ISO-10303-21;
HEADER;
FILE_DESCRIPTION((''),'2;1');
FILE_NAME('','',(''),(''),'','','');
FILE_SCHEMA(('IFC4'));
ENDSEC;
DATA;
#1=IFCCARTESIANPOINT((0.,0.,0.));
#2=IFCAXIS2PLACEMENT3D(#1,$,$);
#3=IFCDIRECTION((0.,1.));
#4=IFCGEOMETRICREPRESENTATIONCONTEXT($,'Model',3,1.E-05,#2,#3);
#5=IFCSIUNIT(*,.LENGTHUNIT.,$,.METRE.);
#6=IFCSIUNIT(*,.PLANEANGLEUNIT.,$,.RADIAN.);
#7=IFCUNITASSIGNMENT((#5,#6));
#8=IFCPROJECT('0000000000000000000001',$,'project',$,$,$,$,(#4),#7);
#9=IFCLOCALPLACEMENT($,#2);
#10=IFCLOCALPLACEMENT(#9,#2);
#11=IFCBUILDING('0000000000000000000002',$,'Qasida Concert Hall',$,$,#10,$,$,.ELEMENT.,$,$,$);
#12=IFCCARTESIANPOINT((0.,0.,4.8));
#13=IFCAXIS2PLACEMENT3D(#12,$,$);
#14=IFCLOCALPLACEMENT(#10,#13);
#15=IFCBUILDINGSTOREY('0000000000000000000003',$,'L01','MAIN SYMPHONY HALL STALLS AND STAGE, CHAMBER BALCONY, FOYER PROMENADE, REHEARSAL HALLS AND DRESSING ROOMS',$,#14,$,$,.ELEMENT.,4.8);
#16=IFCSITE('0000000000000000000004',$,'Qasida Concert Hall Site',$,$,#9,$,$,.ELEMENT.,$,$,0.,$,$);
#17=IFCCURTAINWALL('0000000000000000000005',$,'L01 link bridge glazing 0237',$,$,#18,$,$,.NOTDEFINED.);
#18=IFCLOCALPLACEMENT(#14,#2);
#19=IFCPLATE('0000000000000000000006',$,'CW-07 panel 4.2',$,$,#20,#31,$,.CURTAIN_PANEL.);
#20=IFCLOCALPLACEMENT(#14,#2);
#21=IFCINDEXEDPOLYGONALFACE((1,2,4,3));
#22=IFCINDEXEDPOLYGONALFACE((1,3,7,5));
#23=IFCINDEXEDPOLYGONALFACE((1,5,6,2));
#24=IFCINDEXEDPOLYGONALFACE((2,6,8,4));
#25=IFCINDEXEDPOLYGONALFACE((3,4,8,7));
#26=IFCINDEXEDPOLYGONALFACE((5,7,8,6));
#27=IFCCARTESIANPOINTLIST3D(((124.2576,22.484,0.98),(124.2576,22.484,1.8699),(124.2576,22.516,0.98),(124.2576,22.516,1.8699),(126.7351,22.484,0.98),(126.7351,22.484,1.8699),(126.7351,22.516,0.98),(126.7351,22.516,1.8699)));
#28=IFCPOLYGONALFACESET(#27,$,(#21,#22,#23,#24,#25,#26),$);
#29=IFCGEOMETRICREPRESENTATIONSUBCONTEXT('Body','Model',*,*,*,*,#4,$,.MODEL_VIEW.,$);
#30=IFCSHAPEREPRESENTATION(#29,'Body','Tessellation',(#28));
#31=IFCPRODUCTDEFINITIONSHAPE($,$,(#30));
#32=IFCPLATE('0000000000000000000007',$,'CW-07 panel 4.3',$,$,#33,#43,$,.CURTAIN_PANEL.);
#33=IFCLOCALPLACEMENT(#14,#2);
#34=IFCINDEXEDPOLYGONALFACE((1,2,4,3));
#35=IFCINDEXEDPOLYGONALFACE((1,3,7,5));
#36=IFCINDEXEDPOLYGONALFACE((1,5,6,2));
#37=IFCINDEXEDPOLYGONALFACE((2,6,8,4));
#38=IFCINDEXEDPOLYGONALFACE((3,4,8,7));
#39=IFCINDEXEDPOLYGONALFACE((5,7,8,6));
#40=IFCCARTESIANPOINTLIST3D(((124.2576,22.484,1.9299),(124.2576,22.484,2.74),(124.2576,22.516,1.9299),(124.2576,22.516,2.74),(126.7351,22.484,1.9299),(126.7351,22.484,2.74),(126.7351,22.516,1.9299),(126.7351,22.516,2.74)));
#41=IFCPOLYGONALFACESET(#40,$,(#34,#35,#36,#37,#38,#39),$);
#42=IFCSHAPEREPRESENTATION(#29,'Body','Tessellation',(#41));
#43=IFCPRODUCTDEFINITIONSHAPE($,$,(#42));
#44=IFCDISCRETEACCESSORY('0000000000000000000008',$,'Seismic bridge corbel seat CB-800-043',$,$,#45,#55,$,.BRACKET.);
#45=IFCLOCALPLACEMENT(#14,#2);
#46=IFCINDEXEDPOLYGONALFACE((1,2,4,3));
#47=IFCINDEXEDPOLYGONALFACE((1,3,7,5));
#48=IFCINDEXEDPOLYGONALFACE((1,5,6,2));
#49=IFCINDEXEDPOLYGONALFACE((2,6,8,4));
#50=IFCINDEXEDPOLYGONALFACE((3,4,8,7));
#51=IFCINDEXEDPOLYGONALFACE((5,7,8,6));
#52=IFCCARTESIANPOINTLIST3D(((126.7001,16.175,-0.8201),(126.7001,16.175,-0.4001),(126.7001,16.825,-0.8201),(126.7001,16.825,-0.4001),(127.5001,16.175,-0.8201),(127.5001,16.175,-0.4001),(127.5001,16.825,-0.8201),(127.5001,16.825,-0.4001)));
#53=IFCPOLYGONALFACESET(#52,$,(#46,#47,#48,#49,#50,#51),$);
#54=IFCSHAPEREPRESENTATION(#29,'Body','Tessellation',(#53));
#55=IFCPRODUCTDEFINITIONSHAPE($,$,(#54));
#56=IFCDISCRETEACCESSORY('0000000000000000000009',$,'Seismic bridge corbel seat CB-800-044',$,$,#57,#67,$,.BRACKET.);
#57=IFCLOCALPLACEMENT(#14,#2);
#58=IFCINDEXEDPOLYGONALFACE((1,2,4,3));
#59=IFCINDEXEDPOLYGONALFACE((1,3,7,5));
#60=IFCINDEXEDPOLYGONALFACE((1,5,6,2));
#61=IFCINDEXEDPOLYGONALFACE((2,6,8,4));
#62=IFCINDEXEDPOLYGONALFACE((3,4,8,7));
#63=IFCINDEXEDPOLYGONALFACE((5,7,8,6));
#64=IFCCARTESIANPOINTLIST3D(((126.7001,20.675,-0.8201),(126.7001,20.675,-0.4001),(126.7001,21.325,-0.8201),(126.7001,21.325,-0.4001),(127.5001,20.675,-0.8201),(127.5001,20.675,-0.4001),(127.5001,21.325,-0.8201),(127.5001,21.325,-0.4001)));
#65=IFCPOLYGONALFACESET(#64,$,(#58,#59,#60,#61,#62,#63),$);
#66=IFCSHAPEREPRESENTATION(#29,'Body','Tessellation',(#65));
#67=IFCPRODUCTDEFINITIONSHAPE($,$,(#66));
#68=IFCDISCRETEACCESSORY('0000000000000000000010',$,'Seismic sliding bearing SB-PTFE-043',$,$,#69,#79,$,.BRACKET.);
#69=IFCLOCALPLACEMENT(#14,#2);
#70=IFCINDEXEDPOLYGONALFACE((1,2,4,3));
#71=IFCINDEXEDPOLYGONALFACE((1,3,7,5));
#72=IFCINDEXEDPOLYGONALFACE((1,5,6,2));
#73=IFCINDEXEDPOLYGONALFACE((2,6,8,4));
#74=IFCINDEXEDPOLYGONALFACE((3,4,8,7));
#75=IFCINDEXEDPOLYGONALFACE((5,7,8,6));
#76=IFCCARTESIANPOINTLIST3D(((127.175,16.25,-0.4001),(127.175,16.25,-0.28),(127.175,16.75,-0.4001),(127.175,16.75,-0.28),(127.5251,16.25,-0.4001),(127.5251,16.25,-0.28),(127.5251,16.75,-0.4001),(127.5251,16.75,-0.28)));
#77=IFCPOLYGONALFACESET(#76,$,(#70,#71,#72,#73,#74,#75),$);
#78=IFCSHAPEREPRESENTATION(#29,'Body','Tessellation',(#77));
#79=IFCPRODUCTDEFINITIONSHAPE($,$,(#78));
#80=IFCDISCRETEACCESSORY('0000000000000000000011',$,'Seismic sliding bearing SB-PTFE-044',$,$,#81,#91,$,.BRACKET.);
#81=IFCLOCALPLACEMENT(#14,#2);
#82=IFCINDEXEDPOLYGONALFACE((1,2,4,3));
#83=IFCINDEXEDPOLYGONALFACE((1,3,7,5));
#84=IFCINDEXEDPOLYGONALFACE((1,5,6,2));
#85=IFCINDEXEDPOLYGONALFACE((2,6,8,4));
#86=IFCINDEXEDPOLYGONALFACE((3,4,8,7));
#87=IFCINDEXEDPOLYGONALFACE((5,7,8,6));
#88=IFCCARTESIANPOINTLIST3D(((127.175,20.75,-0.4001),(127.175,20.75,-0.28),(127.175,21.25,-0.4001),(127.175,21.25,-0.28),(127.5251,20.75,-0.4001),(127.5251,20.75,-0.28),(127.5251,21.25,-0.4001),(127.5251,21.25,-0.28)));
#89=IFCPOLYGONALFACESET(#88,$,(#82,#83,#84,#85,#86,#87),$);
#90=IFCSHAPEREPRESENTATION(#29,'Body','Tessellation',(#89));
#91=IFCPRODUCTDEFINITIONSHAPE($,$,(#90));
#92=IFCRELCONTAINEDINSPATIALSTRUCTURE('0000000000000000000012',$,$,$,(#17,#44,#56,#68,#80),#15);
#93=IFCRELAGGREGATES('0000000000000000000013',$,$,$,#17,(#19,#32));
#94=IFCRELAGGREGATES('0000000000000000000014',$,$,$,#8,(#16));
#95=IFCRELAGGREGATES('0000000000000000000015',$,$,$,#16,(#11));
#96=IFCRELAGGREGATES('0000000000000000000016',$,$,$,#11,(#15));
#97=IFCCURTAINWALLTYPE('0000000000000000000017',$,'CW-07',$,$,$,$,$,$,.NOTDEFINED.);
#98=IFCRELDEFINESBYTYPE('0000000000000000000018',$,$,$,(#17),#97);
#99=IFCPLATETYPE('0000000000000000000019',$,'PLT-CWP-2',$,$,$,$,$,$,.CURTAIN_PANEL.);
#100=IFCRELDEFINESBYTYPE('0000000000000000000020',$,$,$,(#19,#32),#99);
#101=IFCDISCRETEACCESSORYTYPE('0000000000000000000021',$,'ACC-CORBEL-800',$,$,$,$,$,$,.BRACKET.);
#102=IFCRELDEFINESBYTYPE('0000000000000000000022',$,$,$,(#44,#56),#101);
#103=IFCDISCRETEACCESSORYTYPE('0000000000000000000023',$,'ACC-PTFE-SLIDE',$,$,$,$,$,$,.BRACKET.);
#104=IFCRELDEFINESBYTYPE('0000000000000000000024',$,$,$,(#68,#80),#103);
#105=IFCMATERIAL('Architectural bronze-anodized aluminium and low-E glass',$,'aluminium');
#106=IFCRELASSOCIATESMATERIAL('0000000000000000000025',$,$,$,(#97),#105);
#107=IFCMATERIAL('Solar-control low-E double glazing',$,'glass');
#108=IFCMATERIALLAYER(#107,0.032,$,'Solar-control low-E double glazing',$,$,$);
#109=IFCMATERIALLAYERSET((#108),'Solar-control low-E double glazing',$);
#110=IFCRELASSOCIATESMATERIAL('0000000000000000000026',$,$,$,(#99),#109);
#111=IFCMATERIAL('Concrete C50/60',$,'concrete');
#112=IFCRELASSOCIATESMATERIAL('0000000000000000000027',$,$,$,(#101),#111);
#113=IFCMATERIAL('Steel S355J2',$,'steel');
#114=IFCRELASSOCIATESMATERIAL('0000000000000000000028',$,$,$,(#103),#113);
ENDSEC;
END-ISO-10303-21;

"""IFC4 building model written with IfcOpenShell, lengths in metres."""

from ifc_helpers import new_model, si_unit, direction, frame, origin, origin_2d, place, context, subcontext, project, spatial, rectangle, extrude, material, layer, layer_set, type_object, element, aggregate, save


model = new_model("IFC4")

# Units and contexts
model_context = context("Model", 3, precision=1e-05, world=origin(), true_north=direction((0.0, 1.0)))
body_context = subcontext(model_context, "Body", "Model", "MODEL_VIEW")
ifc_project = project(units=[si_unit("LENGTHUNIT", "METRE"), si_unit("PLANEANGLEUNIT", "RADIAN")], contexts=[model_context])

# Site, building, storey
site_placement = place(None, origin())
site = spatial("IfcSite", under=ifc_project, at=site_placement, Name="Qasida Concert Hall Site", CompositionType="ELEMENT", RefElevation=0.0)
building_placement = place(site_placement, origin())
building = spatial("IfcBuilding", under=site, at=building_placement, Name="Qasida Concert Hall", CompositionType="ELEMENT")
storey_placement = place(building_placement, frame((0.0, 0.0, 4.8)))
storey = spatial("IfcBuildingStorey", under=building, at=storey_placement, Name="L01", Description="MAIN SYMPHONY HALL STALLS AND STAGE, CHAMBER BALCONY, FOYER PROMENADE, REHEARSAL HALLS AND DRESSING ROOMS", CompositionType="ELEMENT", Elevation=4.8)

# Shared definitions
ifc_material_1 = material(Name="Concrete C50/60", Category="concrete")

# Shared definitions
ifc_material_2 = material(Name="Steel S355J2", Category="steel")

# Curtain wall, plates
ifc_material_3 = material(Name="Architectural bronze-anodized aluminium and low-E glass", Category="aluminium")
curtain_wall_type = type_object("IfcCurtainWallType", Name="CW-07", PredefinedType="NOTDEFINED", material=ifc_material_3)
curtain_wall_placement = place(storey_placement, origin())
curtain_wall = element("IfcCurtainWall", 1, at=curtain_wall_placement, inside=storey, type_object=curtain_wall_type, Name="L01 link bridge glazing 0237", PredefinedType="NOTDEFINED")
ifc_material_4 = material(Name="Solar-control low-E double glazing", Category="glass")
ifc_layer = layer(ifc_material_4, 0.032, Name="Solar-control low-E double glazing")
ifc_layer_set = layer_set([ifc_layer], Name="Solar-control low-E double glazing")
plate_type = type_object("IfcPlateType", Name="PLT-CWP-2", PredefinedType="CURTAIN_PANEL", material=ifc_layer_set)
plate_1_placement = place(storey_placement, frame((125.4963, 22.5, 0.98), z_axis=(0.0, 0.0, 1.0), x_axis=(1.0, 0.0, 0.0)))
plate_1 = element("IfcPlate", 2, at=plate_1_placement, type_object=plate_type, Name="CW-07 panel 4.2", PredefinedType="CURTAIN_PANEL", context=body_context, shape_type="SweptSolid", body=[
    extrude(rectangle(XDim=2.4775, YDim=0.032, at=origin_2d()), origin(), (0.0, 0.0, 1.0), 0.8899),
])
plate_2_placement = place(storey_placement, frame((125.4963, 22.5, 1.9299), z_axis=(0.0, 0.0, 1.0), x_axis=(1.0, 0.0, 0.0)))
plate_2 = element("IfcPlate", 3, at=plate_2_placement, type_object=plate_type, Name="CW-07 panel 4.3", PredefinedType="CURTAIN_PANEL", context=body_context, shape_type="SweptSolid", body=[
    extrude(rectangle(XDim=2.4775, YDim=0.032, at=origin_2d()), origin(), (0.0, 0.0, 1.0), 0.8101),
])
aggregate(curtain_wall, [plate_1, plate_2])

# Discrete accessories
discrete_accessory_type_1 = type_object("IfcDiscreteAccessoryType", Name="ACC-CORBEL-800", PredefinedType="BRACKET", material=ifc_material_1)
for number, where, z_axis, x_axis, name in (
    (4, (127.1001, 16.5, -0.8201), (0.0, 0.0, 1.0), (1.0, 0.0, 0.0), "Seismic bridge corbel seat CB-800-043"),
    (5, (127.1001, 21.0, -0.8201), (0.0, 0.0, 1.0), (1.0, 0.0, 0.0), "Seismic bridge corbel seat CB-800-044"),
):
    element("IfcDiscreteAccessory", number, at=place(storey_placement, frame(where, z_axis=z_axis, x_axis=x_axis)), inside=storey, type_object=discrete_accessory_type_1, Name=name, PredefinedType="BRACKET", context=body_context, shape_type="SweptSolid", body=[
        extrude(rectangle(XDim=0.8, YDim=0.6499, at=origin_2d()), origin(), (0.0, 0.0, 1.0), 0.4199),
    ])
discrete_accessory_type_2 = type_object("IfcDiscreteAccessoryType", Name="ACC-PTFE-SLIDE", PredefinedType="BRACKET", material=ifc_material_2)
for number, where, z_axis, x_axis, name in (
    (6, (127.3501, 16.5, -0.4001), (0.0, 0.0, 1.0), (1.0, 0.0, 0.0), "Seismic sliding bearing SB-PTFE-043"),
    (7, (127.3501, 21.0, -0.4001), (0.0, 0.0, 1.0), (1.0, 0.0, 0.0), "Seismic sliding bearing SB-PTFE-044"),
):
    element("IfcDiscreteAccessory", number, at=place(storey_placement, frame(where, z_axis=z_axis, x_axis=x_axis)), inside=storey, type_object=discrete_accessory_type_2, Name=name, PredefinedType="BRACKET", context=body_context, shape_type="SweptSolid", body=[
        extrude(rectangle(XDim=0.3501, YDim=0.5, at=origin_2d()), origin(), (0.0, 0.0, 1.0), 0.1201),
    ])

save(model, "model.ifc")
